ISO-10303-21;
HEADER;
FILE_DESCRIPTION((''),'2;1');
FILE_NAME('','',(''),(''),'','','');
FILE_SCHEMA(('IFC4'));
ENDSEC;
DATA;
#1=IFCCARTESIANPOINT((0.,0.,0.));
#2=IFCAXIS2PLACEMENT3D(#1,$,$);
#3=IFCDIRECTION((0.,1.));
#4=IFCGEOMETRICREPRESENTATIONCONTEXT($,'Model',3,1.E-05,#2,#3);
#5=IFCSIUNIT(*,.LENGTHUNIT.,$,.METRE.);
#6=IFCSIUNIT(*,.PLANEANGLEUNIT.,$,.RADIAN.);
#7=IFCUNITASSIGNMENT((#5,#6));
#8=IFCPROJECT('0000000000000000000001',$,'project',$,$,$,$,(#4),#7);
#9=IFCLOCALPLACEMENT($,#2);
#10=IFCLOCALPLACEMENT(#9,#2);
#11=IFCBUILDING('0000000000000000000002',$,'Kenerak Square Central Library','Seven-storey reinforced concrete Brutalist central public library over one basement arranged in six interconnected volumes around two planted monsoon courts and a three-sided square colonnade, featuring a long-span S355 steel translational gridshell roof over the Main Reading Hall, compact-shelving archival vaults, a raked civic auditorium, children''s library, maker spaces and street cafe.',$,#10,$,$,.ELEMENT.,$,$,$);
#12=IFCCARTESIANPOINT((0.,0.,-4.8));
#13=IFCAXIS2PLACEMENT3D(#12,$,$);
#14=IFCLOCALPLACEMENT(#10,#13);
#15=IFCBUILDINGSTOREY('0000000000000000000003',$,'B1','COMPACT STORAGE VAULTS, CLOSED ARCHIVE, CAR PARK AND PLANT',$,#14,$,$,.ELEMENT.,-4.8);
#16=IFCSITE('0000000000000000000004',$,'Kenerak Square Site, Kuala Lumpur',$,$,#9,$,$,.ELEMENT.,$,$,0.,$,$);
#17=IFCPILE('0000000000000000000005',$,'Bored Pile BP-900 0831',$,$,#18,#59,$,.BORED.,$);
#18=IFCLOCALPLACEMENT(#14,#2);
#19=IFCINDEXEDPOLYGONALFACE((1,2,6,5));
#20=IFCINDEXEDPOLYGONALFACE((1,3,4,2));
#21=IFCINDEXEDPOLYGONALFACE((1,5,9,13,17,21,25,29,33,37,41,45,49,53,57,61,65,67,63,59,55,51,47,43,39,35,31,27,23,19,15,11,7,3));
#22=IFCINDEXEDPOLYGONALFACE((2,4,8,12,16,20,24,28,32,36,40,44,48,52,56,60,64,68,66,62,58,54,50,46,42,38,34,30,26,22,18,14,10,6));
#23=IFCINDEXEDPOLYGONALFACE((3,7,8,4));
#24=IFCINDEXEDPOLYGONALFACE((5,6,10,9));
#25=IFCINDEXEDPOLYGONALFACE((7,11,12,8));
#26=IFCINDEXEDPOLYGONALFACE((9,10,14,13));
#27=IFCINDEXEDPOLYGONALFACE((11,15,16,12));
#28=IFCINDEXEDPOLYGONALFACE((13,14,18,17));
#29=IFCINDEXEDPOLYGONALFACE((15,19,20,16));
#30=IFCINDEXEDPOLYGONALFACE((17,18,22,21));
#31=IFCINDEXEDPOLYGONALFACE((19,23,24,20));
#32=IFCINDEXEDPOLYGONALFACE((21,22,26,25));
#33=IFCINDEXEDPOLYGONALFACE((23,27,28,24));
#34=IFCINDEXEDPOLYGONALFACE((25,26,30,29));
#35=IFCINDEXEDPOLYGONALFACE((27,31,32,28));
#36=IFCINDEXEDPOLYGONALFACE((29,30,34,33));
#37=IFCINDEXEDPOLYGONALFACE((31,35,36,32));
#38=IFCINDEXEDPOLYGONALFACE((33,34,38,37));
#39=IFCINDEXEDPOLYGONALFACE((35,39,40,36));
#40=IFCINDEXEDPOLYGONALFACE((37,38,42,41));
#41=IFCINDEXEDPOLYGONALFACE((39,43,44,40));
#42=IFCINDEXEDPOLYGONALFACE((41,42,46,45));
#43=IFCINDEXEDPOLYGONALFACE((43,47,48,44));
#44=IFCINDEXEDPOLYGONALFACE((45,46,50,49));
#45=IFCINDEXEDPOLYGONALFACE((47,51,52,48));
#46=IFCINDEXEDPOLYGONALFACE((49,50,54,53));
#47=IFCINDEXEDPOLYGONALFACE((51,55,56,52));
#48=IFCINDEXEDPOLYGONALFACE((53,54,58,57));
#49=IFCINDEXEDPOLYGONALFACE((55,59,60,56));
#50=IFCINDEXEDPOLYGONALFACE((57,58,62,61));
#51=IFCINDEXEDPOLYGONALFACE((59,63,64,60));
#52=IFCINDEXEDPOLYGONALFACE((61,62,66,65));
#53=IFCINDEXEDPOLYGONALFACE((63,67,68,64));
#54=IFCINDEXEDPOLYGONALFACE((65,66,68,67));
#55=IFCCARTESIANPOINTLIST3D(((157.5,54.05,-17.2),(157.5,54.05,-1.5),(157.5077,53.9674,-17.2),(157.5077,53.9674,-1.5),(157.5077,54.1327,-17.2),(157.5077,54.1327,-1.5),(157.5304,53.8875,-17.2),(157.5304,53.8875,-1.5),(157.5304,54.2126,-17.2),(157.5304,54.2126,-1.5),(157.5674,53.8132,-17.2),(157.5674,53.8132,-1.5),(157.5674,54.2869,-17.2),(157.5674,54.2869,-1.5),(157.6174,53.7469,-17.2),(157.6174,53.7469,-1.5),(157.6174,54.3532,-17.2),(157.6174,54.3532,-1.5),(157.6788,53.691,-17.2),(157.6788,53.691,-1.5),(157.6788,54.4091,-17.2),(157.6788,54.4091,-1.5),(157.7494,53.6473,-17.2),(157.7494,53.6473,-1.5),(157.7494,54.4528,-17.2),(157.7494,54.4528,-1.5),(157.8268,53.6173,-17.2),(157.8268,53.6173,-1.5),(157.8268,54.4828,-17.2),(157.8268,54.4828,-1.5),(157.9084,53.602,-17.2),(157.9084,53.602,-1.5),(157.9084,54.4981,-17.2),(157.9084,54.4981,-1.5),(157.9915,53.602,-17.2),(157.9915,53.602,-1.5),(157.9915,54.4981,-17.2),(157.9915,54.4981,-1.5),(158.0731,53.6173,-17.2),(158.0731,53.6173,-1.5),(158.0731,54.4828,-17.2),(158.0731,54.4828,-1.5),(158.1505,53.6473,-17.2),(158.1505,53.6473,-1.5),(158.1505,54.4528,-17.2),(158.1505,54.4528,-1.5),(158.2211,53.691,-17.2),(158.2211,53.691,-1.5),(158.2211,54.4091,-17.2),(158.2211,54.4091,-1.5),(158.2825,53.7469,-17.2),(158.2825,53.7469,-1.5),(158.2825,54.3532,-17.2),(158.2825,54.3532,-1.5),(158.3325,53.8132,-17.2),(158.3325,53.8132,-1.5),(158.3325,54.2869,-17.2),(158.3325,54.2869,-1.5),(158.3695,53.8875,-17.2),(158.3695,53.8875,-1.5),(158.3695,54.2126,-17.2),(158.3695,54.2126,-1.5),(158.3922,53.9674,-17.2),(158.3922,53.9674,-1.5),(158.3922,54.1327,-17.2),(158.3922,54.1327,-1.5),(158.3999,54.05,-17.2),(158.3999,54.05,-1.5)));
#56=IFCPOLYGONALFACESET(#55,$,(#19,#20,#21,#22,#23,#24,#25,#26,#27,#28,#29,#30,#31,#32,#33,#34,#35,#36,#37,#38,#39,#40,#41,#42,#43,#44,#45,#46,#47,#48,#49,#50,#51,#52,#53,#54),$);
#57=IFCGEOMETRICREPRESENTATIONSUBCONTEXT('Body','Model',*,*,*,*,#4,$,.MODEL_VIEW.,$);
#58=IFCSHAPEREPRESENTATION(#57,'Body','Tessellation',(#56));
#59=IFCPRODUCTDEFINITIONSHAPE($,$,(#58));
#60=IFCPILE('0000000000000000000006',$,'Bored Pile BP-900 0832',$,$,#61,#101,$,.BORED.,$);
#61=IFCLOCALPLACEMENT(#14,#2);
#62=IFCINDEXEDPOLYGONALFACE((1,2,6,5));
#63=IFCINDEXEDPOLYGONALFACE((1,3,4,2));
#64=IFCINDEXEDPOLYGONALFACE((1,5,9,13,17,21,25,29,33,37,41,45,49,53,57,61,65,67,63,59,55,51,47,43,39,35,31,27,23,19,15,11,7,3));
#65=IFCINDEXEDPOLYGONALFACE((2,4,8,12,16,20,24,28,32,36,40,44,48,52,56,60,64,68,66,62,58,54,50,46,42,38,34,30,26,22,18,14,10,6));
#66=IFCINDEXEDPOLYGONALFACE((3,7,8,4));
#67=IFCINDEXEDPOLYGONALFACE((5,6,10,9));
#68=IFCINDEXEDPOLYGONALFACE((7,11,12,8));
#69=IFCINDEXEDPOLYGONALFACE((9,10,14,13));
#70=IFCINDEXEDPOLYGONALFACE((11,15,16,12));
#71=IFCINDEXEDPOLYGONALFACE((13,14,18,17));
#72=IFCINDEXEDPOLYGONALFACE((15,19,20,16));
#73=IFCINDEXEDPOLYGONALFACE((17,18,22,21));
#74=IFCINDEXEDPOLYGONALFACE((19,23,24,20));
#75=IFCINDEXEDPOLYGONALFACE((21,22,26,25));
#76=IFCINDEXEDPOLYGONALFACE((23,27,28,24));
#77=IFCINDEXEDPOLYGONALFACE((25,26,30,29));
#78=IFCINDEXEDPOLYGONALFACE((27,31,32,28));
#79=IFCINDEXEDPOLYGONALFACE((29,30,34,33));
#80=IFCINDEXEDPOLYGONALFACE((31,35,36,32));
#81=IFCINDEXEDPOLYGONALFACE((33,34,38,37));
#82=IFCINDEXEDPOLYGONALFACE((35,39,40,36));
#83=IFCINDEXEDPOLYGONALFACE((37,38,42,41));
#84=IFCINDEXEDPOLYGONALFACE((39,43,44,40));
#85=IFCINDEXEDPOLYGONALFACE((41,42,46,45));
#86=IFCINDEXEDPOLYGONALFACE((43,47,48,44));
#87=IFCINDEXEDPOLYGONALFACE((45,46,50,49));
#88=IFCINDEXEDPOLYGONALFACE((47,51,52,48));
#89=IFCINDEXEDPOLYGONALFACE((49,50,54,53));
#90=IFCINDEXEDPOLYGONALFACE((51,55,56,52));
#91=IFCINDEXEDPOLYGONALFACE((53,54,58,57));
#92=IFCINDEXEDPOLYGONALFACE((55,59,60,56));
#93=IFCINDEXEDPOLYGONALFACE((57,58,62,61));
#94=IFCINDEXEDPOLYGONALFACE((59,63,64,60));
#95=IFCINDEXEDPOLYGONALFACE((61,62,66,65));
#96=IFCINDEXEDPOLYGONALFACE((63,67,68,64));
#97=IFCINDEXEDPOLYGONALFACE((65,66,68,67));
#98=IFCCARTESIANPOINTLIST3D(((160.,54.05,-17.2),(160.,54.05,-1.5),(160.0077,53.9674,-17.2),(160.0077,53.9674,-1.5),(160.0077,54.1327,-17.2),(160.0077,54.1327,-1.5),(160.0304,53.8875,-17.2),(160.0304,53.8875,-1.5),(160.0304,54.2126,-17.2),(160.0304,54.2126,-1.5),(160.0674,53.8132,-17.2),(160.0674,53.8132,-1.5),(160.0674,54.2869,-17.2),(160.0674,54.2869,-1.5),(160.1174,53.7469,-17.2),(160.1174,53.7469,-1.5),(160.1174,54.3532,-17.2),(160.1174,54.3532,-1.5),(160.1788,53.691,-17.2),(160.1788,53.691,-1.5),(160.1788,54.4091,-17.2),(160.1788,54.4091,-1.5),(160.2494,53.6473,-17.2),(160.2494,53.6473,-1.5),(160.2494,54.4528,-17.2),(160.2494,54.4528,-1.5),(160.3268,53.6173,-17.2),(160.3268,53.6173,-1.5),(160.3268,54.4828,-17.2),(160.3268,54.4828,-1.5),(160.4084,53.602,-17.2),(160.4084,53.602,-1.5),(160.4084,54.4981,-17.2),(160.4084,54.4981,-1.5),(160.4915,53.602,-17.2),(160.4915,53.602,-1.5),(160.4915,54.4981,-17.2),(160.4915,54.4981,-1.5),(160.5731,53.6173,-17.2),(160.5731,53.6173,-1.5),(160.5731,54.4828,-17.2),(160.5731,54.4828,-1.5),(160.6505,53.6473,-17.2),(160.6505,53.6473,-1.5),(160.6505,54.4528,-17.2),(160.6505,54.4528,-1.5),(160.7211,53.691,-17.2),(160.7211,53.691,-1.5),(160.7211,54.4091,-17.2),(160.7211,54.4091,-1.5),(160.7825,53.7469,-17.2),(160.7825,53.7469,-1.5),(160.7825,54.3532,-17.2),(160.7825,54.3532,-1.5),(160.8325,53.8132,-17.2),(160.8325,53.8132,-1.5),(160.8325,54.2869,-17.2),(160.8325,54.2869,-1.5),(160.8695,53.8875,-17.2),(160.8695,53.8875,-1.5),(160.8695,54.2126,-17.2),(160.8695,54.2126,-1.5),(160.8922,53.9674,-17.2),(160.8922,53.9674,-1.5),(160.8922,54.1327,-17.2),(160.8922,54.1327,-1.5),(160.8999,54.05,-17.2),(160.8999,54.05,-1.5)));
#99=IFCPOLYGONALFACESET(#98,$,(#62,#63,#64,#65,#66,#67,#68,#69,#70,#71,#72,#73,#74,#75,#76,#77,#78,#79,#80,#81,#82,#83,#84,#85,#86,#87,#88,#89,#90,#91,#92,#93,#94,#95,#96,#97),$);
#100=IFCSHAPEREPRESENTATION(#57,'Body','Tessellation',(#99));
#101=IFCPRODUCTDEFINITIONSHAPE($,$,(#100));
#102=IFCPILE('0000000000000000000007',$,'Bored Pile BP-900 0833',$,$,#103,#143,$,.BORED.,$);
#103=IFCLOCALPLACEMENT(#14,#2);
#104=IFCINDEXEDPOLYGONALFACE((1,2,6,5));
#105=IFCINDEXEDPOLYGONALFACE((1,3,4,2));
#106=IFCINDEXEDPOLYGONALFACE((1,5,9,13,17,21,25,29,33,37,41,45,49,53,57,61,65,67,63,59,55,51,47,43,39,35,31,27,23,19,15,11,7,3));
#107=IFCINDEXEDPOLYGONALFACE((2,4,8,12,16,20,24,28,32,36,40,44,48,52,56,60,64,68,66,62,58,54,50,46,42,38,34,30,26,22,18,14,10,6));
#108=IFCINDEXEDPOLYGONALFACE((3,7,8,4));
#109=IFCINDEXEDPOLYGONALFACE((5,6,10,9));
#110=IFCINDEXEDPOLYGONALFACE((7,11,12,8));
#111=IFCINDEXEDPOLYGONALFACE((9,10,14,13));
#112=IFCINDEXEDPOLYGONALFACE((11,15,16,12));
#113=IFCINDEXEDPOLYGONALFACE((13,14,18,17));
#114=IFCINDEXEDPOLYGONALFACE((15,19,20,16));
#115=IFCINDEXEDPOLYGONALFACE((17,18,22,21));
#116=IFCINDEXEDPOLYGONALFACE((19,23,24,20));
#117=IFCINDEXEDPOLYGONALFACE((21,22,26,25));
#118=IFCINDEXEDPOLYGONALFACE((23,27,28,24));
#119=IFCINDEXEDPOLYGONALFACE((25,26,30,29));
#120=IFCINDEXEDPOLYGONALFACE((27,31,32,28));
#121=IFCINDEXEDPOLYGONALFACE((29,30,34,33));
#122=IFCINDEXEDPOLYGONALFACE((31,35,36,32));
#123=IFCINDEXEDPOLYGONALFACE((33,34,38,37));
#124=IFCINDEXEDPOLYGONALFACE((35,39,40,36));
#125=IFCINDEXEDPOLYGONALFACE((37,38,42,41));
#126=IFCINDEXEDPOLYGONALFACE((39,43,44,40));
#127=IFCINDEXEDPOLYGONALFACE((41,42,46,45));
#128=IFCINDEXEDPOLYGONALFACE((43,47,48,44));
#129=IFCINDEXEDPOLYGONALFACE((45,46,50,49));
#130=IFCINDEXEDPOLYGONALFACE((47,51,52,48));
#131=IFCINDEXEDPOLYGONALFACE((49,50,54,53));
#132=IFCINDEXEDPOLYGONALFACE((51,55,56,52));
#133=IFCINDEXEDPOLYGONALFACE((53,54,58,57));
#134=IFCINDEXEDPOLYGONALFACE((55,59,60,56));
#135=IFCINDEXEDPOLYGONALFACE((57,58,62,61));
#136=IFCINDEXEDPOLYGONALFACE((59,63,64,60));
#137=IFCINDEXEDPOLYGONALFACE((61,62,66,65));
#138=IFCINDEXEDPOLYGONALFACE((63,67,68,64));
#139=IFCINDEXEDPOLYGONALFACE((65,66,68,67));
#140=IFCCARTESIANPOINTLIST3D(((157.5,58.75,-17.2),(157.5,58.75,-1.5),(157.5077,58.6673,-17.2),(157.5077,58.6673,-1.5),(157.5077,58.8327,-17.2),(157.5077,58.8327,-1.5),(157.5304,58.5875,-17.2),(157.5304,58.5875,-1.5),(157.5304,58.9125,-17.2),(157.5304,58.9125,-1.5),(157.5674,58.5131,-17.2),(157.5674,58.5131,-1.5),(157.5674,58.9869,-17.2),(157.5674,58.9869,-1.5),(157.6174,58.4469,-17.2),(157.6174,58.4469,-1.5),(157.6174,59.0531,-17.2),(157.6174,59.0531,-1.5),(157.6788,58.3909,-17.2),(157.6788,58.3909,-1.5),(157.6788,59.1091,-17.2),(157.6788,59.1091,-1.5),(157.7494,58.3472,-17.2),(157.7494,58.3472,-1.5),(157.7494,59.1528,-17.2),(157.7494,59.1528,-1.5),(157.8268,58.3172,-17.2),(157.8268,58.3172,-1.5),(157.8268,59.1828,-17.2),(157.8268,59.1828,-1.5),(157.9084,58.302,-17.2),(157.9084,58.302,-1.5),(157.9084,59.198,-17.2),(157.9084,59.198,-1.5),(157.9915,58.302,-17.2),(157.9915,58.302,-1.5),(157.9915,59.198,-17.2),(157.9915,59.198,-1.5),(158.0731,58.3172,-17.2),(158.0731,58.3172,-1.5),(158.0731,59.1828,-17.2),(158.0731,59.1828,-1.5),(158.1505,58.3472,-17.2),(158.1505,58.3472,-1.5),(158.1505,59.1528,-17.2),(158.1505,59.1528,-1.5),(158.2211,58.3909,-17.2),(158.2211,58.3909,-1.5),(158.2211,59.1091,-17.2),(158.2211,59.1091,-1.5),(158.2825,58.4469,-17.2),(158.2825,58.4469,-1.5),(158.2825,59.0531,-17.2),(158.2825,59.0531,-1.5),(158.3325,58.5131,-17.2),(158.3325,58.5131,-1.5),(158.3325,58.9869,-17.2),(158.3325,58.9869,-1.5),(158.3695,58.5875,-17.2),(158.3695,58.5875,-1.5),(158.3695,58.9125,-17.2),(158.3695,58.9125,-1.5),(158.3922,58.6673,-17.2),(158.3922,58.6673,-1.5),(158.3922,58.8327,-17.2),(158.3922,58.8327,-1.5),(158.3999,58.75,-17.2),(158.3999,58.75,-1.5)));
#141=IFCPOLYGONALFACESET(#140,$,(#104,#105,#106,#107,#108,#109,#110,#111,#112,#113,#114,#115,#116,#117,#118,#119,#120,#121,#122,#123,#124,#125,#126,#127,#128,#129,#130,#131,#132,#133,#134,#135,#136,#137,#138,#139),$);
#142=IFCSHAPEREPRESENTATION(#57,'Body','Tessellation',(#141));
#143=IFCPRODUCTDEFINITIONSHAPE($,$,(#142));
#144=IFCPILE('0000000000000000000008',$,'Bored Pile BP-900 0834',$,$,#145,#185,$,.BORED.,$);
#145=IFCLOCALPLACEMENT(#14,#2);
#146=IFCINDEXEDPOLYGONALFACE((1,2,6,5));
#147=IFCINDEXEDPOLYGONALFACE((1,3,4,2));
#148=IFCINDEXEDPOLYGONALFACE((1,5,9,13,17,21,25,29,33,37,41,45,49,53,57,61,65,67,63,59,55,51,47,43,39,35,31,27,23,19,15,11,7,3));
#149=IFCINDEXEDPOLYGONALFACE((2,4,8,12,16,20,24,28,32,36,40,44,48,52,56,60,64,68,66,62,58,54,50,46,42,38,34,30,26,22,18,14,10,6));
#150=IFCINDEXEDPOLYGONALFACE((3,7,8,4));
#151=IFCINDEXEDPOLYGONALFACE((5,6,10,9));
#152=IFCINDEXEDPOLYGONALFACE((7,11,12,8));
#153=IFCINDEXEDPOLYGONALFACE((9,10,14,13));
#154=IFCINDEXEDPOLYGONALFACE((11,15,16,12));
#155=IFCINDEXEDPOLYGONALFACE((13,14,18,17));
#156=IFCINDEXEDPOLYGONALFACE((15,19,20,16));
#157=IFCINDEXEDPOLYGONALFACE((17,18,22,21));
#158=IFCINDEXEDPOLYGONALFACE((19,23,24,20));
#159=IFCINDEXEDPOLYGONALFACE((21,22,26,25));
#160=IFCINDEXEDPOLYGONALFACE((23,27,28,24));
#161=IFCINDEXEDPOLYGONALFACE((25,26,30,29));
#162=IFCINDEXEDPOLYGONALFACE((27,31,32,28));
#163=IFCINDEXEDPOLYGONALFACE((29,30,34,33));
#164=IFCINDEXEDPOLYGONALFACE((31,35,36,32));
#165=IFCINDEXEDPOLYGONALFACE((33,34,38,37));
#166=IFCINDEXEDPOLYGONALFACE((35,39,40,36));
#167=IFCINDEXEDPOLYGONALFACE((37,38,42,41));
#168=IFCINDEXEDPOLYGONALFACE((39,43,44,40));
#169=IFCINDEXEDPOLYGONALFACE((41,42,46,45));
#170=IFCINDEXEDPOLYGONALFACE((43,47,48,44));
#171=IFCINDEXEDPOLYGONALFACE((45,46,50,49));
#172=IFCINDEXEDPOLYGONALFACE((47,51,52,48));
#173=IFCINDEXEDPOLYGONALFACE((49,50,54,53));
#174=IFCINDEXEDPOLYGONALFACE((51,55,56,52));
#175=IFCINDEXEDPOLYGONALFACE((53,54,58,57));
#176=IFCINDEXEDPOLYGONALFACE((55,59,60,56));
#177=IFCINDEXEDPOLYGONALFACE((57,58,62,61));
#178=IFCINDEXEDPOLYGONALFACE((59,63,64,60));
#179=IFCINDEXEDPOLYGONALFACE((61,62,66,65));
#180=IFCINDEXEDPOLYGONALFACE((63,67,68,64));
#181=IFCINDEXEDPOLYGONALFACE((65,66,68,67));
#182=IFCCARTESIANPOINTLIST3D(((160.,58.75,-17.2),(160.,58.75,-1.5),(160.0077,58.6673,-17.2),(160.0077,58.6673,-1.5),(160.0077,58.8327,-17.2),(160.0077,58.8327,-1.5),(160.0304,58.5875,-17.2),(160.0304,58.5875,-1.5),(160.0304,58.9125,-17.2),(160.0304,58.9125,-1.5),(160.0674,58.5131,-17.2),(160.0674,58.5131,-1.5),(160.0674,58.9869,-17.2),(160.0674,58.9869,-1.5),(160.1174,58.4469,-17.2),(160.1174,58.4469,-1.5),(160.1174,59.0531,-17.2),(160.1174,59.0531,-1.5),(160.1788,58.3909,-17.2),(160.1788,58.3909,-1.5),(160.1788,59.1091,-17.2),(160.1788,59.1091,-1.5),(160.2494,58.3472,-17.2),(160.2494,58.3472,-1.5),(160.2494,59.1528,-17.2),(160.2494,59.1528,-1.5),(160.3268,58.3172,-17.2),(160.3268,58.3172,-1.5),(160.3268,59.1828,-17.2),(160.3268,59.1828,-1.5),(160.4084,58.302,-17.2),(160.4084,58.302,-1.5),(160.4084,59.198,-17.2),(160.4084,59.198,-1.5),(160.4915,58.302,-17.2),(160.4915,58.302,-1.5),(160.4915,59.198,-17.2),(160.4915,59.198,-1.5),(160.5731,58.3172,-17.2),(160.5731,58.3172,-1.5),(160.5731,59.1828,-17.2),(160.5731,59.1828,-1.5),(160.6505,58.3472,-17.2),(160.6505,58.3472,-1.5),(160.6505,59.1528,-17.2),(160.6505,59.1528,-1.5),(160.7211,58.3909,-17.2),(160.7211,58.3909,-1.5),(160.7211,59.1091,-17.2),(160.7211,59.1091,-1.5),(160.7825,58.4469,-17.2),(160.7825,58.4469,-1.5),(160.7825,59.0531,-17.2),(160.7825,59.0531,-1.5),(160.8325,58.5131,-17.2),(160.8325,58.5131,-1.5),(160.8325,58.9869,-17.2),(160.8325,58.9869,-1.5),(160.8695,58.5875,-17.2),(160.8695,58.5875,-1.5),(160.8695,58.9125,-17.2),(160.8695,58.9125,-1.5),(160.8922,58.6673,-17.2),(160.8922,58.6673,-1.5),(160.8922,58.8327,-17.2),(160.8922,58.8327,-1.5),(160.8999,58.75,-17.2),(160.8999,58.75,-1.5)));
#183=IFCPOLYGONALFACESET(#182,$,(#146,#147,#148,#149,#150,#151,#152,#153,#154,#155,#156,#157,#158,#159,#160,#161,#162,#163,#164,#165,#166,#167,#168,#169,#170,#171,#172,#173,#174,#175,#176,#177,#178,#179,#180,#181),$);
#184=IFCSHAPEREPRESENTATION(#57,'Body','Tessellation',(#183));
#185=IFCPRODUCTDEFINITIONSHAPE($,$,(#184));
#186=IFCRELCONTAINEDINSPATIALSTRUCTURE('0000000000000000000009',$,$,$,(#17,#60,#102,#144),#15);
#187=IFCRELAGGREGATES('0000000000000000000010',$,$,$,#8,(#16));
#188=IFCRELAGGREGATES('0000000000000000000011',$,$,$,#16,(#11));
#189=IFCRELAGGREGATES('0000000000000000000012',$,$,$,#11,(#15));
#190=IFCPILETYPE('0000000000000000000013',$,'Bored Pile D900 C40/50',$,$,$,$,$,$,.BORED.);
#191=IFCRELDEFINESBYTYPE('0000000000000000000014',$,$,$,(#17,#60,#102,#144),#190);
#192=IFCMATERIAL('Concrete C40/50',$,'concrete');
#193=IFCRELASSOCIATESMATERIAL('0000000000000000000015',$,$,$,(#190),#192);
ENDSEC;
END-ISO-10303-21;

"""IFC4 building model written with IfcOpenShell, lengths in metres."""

from ifc_helpers import new_model, si_unit, direction, frame, origin, origin_2d, place, context, subcontext, project, spatial, circle, extrude, material, material_profile, profile_set, type_object, element, save


model = new_model("IFC4")

# Units and contexts
model_context = context("Model", 3, precision=1e-05, world=origin(), true_north=direction((0.0, 1.0)))
body_context = subcontext(model_context, "Body", "Model", "MODEL_VIEW")
ifc_project = project(units=[si_unit("LENGTHUNIT", "METRE"), si_unit("PLANEANGLEUNIT", "RADIAN")], contexts=[model_context])

# Site, building, storey
site_placement = place(None, origin())
site = spatial("IfcSite", under=ifc_project, at=site_placement, Name="Kenerak Square Site, Kuala Lumpur", CompositionType="ELEMENT", RefElevation=0.0)
building_placement = place(site_placement, origin())
building = spatial("IfcBuilding", under=site, at=building_placement, Name="Kenerak Square Central Library", Description="Seven-storey reinforced concrete Brutalist central public library over one basement arranged in six interconnected volumes around two planted monsoon courts and a three-sided square colonnade, featuring a long-span S355 steel translational gridshell roof over the Main Reading Hall, compact-shelving archival vaults, a raked civic auditorium, children's library, maker spaces and street cafe.", CompositionType="ELEMENT")
storey_placement = place(building_placement, frame((0.0, 0.0, -4.8)))
storey = spatial("IfcBuildingStorey", under=building, at=storey_placement, Name="B1", Description="COMPACT STORAGE VAULTS, CLOSED ARCHIVE, CAR PARK AND PLANT", CompositionType="ELEMENT", Elevation=-4.8)

# Piles
ifc_material_1 = material(Name="Concrete C40/50", Category="concrete")
ifc_material_profile_1 = material_profile(ifc_material_1, circle(Radius=0.45, at=origin_2d()), Name="BP D900")
ifc_profile_set_1 = profile_set([ifc_material_profile_1], Name="Concrete C40/50")
pile_type = type_object("IfcPileType", Name="Bored Pile D900 C40/50", PredefinedType="BORED", material=ifc_profile_set_1)
for number, where, z_axis, x_axis, name in (
    (1, (157.95, 54.05, -1.5), (0.0, 0.0, -1.0), (1.0, 0.0, 0.0), "Bored Pile BP-900 0831"),
    (2, (160.45, 54.05, -1.5), (0.0, 0.0, -1.0), (1.0, 0.0, 0.0), "Bored Pile BP-900 0832"),
    (3, (157.95, 58.75, -1.5), (0.0, 0.0, -1.0), (1.0, 0.0, 0.0), "Bored Pile BP-900 0833"),
    (4, (160.45, 58.75, -1.5), (0.0, 0.0, -1.0), (1.0, 0.0, 0.0), "Bored Pile BP-900 0834"),
):
    element("IfcPile", number, at=place(storey_placement, frame(where, z_axis=z_axis, x_axis=x_axis)), inside=storey, type_object=pile_type, Name=name, PredefinedType="BORED", context=body_context, shape_type="SweptSolid", body=[
        extrude(circle(Radius=0.45, at=origin_2d()), origin(), (0.0, 0.0, 1.0), 15.7),
    ])

save(model, "model.ifc")
